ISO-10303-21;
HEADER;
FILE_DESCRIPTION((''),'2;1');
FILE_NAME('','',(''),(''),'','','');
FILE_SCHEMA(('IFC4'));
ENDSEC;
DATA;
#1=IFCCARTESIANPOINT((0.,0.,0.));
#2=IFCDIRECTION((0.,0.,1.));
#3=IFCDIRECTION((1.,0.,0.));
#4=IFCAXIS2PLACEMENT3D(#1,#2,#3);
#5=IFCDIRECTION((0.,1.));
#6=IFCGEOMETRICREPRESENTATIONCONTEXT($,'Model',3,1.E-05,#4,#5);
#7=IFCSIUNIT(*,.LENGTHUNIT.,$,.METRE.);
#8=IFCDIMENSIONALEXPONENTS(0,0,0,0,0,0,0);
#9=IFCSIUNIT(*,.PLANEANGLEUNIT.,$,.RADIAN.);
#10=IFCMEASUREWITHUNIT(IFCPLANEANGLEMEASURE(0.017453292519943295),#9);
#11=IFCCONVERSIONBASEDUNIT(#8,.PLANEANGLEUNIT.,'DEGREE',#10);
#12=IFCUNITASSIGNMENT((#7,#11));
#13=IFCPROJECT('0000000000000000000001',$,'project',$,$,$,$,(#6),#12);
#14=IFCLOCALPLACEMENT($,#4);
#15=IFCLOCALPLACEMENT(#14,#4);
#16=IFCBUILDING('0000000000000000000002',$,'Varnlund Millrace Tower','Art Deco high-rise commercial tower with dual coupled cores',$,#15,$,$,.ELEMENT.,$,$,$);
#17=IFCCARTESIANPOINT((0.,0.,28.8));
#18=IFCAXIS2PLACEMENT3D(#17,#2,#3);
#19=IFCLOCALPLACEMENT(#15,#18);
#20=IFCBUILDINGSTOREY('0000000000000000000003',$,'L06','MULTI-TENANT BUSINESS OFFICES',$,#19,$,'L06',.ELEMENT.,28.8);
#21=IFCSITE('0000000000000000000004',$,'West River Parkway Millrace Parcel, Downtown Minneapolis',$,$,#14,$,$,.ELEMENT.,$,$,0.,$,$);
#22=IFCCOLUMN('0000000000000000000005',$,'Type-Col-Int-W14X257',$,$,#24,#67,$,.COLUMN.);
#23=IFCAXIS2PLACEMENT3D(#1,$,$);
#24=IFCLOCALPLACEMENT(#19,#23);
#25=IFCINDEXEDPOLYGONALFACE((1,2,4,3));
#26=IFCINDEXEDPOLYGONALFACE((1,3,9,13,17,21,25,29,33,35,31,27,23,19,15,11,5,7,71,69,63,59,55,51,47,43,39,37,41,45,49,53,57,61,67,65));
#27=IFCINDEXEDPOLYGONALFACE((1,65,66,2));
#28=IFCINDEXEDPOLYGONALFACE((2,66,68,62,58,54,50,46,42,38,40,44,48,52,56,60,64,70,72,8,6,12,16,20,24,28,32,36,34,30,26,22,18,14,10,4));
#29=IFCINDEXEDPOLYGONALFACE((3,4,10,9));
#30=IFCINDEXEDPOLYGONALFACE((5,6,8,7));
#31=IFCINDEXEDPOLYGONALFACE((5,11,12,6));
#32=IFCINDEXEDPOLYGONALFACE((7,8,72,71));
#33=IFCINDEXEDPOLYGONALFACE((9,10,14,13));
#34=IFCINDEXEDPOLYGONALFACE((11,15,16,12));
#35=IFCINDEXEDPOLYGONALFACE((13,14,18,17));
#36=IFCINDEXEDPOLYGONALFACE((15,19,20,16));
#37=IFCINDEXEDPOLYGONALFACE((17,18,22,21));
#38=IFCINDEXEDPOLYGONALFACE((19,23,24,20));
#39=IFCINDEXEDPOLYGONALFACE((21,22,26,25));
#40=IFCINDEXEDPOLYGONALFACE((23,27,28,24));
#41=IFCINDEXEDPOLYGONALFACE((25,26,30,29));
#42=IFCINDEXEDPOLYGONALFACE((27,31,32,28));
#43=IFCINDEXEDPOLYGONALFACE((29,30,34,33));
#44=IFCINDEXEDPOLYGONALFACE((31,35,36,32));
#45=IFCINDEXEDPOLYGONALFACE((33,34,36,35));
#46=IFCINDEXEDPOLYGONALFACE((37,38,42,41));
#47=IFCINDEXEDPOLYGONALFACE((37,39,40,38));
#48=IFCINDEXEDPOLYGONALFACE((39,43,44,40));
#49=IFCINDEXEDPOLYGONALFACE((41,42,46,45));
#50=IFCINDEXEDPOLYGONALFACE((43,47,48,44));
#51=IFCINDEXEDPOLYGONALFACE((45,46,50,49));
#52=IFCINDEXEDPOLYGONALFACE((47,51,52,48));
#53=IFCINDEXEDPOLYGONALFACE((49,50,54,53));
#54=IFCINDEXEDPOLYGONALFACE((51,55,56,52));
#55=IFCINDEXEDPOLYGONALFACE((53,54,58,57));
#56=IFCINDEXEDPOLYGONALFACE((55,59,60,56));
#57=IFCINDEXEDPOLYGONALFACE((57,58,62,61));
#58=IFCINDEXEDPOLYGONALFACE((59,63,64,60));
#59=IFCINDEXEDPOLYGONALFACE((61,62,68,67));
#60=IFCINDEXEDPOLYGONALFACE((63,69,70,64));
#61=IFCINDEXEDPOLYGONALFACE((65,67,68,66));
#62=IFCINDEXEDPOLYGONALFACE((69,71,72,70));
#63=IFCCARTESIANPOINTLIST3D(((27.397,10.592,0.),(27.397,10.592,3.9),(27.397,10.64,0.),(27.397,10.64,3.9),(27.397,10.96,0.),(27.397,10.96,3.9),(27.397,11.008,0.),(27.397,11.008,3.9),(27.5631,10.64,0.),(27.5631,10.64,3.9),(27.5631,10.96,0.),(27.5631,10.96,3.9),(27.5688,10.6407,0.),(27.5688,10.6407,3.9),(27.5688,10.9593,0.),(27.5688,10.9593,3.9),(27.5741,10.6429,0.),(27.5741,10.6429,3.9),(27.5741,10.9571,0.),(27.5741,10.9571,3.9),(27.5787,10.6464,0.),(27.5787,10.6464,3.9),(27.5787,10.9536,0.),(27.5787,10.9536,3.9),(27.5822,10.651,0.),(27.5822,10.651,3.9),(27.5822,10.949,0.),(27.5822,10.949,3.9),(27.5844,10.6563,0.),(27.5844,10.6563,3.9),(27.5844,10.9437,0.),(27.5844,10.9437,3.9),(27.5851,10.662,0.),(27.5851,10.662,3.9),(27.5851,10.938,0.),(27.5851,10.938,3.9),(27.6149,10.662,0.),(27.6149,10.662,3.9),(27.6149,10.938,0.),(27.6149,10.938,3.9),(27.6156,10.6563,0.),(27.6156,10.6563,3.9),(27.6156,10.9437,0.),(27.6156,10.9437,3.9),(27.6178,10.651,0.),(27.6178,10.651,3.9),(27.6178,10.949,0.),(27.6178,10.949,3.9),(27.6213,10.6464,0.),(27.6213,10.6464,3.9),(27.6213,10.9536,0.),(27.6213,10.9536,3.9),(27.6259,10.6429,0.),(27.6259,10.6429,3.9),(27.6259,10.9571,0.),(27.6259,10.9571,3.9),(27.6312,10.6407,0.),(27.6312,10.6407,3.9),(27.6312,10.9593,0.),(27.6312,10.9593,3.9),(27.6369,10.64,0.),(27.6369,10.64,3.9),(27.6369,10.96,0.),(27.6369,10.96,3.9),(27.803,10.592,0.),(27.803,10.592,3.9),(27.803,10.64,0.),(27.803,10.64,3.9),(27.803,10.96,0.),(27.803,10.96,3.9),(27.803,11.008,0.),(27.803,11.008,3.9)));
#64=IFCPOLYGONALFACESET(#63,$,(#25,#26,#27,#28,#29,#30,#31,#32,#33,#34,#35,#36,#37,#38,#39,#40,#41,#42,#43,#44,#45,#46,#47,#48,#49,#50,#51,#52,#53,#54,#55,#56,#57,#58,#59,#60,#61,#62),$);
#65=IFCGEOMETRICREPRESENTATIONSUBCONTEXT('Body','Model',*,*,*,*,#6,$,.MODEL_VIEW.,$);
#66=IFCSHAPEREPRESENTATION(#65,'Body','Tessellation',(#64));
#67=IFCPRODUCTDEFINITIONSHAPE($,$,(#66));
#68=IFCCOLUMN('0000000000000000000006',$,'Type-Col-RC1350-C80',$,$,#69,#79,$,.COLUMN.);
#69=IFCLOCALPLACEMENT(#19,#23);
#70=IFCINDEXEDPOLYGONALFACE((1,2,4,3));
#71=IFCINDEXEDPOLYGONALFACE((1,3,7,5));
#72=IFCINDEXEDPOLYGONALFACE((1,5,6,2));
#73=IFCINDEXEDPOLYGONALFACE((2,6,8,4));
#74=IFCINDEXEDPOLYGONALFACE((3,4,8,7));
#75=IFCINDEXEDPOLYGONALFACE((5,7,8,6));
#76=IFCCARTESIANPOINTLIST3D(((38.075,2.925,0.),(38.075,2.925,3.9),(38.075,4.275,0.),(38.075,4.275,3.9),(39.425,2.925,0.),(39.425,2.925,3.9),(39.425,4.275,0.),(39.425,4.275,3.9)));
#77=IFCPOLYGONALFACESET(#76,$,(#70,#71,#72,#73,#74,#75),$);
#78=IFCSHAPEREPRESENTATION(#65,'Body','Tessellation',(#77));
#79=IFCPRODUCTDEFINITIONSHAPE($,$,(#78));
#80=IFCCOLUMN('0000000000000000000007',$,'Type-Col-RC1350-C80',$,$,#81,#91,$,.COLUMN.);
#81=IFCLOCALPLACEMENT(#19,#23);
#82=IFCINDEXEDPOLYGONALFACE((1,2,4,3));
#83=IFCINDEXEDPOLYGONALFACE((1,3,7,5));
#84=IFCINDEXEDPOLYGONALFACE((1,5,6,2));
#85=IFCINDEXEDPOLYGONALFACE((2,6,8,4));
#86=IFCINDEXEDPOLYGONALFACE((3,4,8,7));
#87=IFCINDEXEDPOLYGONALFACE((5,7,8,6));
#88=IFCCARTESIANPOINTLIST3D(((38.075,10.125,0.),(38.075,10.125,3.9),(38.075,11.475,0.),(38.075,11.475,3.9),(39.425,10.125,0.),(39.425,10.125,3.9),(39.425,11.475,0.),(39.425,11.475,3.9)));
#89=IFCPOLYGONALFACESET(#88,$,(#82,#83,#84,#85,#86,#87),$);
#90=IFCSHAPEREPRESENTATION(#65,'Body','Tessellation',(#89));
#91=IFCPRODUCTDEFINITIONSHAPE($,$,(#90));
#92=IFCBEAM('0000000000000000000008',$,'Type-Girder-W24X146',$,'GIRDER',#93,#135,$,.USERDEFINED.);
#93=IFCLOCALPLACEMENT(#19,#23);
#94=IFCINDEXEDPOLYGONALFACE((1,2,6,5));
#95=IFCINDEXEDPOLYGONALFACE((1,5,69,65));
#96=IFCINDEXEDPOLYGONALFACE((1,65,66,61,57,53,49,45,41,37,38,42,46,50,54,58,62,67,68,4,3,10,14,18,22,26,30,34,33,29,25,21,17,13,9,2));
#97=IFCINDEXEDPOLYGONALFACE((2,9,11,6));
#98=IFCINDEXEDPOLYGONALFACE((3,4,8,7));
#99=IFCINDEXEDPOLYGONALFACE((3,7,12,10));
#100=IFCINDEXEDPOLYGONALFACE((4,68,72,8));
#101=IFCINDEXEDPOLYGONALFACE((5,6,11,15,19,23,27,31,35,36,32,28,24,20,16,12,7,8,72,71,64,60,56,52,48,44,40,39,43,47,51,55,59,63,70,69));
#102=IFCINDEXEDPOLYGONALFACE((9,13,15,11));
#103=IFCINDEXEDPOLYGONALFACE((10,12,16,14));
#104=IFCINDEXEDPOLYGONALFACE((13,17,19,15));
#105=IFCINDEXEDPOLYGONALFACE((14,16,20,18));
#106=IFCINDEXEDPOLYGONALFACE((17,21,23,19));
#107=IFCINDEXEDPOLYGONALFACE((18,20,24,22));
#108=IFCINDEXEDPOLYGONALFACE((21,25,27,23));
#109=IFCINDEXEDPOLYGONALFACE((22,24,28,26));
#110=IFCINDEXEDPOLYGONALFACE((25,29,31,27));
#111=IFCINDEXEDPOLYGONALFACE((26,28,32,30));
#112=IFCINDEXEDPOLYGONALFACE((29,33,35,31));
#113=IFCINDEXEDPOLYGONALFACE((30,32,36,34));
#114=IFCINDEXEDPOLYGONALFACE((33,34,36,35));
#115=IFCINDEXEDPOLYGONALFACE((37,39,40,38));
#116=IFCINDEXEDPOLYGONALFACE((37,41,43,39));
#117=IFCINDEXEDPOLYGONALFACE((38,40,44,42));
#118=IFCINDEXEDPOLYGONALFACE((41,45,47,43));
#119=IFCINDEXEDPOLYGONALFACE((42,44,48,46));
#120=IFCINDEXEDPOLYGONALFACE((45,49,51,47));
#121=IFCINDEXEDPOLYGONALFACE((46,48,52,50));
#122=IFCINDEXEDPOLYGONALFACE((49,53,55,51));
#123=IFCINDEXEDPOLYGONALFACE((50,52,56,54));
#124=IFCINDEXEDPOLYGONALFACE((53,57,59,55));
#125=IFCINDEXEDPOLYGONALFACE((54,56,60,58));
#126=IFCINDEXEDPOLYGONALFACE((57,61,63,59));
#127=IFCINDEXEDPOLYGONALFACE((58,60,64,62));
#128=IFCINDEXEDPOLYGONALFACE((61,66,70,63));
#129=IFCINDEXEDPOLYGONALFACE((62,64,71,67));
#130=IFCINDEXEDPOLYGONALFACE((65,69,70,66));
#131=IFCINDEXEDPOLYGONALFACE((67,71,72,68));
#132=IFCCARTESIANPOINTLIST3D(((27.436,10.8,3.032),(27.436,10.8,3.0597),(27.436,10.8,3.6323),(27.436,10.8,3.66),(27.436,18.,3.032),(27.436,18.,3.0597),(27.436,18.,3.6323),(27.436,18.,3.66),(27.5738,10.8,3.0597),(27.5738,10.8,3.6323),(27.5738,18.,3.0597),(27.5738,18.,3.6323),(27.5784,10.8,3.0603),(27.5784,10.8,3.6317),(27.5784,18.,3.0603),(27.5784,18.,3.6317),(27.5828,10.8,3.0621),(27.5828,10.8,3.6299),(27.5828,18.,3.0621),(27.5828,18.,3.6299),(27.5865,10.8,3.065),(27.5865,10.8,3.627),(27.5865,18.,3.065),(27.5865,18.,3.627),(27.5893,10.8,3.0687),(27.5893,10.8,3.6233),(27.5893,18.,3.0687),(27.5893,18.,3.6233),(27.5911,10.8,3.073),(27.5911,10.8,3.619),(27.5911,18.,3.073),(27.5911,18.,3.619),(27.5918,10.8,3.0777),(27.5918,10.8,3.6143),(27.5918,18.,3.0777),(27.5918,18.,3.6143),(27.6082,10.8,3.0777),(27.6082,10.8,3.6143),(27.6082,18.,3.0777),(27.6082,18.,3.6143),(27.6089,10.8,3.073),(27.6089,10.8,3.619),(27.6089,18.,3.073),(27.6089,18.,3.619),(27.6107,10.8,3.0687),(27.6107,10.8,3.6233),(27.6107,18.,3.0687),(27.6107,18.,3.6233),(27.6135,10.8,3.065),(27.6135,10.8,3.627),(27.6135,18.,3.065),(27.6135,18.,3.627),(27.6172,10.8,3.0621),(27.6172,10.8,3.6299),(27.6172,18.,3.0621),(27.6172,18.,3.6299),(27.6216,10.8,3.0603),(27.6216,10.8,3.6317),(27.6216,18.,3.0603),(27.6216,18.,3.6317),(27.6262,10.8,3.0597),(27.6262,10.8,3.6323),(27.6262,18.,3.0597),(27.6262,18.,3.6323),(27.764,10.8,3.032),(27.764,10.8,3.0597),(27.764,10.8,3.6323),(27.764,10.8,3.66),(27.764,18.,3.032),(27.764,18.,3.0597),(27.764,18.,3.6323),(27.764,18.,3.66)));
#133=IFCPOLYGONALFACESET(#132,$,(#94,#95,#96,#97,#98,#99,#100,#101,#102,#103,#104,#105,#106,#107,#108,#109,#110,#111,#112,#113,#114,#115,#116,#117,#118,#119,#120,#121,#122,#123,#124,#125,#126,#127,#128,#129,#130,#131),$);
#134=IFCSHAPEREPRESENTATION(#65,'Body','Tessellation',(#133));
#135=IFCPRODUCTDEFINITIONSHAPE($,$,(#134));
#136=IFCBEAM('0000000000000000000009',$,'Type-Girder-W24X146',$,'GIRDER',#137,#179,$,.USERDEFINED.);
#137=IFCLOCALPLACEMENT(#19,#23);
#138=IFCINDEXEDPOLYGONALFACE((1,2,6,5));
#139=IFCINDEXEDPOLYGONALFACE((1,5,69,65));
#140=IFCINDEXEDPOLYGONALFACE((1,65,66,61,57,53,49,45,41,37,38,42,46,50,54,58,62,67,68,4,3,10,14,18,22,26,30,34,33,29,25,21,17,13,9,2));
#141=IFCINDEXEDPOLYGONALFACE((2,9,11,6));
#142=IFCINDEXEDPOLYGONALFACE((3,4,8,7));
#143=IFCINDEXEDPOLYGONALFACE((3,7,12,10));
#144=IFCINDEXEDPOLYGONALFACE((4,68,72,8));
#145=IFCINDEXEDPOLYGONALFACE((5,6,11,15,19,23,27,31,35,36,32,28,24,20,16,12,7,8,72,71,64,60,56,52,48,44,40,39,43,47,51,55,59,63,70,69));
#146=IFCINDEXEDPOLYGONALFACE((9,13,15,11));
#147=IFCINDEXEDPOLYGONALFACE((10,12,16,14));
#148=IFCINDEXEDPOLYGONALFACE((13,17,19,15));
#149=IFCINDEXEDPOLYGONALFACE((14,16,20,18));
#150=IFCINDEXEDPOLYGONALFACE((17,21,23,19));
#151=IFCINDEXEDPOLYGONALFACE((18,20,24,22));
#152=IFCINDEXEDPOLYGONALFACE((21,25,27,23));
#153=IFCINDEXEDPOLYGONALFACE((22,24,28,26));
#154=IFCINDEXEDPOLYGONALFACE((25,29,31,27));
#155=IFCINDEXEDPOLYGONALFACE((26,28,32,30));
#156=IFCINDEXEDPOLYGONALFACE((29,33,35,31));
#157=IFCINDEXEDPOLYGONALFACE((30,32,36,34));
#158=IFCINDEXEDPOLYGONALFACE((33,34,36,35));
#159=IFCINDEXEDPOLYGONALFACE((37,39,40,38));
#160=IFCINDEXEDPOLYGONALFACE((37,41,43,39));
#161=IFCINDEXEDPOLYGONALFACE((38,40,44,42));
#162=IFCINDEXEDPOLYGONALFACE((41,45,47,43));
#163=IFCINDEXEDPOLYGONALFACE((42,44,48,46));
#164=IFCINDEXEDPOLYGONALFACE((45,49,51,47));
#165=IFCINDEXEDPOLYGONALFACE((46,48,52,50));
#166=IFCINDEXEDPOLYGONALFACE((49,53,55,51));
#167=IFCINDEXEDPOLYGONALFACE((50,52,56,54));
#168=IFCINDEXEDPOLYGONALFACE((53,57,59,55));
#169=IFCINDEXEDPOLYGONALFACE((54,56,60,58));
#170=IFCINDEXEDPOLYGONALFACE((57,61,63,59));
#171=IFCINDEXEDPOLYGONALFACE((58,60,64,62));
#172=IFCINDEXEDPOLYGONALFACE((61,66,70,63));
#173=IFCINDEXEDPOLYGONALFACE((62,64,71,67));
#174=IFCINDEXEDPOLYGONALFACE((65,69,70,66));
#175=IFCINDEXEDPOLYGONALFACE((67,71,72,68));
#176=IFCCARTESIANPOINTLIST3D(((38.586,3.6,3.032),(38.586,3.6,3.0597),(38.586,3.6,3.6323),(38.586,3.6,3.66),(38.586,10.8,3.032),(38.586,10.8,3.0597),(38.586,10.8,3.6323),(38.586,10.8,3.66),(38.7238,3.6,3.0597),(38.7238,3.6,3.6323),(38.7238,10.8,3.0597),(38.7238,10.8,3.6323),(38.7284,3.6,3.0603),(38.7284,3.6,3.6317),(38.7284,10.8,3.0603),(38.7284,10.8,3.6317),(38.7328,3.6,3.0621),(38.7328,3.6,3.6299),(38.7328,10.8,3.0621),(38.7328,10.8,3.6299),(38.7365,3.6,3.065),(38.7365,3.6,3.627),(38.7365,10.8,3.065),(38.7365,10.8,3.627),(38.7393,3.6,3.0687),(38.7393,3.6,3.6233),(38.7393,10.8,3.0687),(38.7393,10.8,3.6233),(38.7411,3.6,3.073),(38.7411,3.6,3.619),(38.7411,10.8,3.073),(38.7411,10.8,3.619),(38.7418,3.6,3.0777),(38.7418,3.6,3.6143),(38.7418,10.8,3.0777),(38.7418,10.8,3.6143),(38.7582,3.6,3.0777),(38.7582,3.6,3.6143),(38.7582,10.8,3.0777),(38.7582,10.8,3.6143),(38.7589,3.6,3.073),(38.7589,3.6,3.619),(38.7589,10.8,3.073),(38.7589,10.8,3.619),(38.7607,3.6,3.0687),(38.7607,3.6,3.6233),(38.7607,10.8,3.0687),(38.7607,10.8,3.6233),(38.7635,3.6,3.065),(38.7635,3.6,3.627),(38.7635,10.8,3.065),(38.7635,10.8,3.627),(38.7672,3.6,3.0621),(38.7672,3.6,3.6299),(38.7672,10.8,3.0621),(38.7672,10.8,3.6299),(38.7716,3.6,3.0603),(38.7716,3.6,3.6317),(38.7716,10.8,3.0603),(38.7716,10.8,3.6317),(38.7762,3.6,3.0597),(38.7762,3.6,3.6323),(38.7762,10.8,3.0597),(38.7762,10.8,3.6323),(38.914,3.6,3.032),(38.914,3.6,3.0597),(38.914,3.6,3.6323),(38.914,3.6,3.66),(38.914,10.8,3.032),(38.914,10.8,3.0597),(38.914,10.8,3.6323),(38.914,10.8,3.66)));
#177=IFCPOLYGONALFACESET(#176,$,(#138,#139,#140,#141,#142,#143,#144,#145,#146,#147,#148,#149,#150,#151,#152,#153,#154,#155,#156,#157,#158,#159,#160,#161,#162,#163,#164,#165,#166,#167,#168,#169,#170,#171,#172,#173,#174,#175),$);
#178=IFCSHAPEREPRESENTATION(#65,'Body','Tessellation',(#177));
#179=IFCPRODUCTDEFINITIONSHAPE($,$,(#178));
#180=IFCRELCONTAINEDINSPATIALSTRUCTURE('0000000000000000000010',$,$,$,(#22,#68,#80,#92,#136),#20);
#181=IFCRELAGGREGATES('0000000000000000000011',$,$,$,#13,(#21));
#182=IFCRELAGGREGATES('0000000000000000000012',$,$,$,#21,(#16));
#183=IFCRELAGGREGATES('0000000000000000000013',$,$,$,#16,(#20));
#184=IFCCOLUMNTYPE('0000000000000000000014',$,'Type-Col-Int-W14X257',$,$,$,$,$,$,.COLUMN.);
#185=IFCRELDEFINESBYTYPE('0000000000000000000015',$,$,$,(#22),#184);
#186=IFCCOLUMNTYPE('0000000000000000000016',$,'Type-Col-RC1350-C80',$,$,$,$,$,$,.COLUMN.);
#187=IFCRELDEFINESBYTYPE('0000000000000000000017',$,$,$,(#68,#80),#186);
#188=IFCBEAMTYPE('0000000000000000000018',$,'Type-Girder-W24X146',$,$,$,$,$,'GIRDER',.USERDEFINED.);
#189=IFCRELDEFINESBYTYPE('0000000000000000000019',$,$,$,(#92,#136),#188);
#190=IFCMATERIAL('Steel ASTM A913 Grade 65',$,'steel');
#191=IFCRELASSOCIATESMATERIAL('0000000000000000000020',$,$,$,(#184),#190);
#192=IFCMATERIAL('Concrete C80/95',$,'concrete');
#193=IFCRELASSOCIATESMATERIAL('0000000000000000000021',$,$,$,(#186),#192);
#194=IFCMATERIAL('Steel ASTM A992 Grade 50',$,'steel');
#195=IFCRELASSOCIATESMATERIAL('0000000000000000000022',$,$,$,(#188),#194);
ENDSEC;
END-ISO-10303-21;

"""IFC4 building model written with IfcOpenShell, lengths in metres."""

from ifc_helpers import new_model, entity, si_unit, converted_unit, direction, frame, origin_with_axes, origin_2d_with_axis, place, context, subcontext, project, spatial, rectangle, i_section, extrude, material, material_profile, profile_set, type_object, element, save


model = new_model("IFC4")

# Units and contexts
model_context = context("Model", 3, precision=1e-05, world=origin_with_axes(), true_north=direction((0.0, 1.0)))
body_context = subcontext(model_context, "Body", "Model", "MODEL_VIEW")
ifc_project = project(units=[si_unit("LENGTHUNIT", "METRE"), converted_unit("PLANEANGLEUNIT", "DEGREE", entity("IfcPlaneAngleMeasure", 0.017453292519943295), si_unit("PLANEANGLEUNIT", "RADIAN"), dimensions=[0, 0, 0, 0, 0, 0, 0])], contexts=[model_context])

# Site, building, storey
site_placement = place(None, origin_with_axes())
site = spatial("IfcSite", under=ifc_project, at=site_placement, Name="West River Parkway Millrace Parcel, Downtown Minneapolis", CompositionType="ELEMENT", RefElevation=0.0)
building_placement = place(site_placement, origin_with_axes())
building = spatial("IfcBuilding", under=site, at=building_placement, Name="Varnlund Millrace Tower", Description="Art Deco high-rise commercial tower with dual coupled cores", CompositionType="ELEMENT")
storey_placement = place(building_placement, frame((0.0, 0.0, 28.8), z_axis=(0.0, 0.0, 1.0), x_axis=(1.0, 0.0, 0.0)))
storey = spatial("IfcBuildingStorey", under=building, at=storey_placement, Name="L06", Description="MULTI-TENANT BUSINESS OFFICES", LongName="L06", CompositionType="ELEMENT", Elevation=28.8)

# Columns
ifc_material_1 = material(Name="Steel ASTM A913 Grade 65", Category="steel")
ifc_material_profile_1 = material_profile(ifc_material_1, i_section(OverallWidth=0.406, OverallDepth=0.416, WebThickness=0.0298, FlangeThickness=0.048, FilletRadius=0.022, at=origin_2d_with_axis()), Name="Steel ASTM A913 Grade 65")
ifc_profile_set_1 = profile_set([ifc_material_profile_1], Name="Steel ASTM A913 Grade 65")
column_type_1 = type_object("IfcColumnType", Name="Type-Col-Int-W14X257", PredefinedType="COLUMN", material=ifc_profile_set_1)
column_placement = place(storey_placement, frame((27.6, 10.8, 0.0), z_axis=(0.0, 0.0, 1.0), x_axis=(1.0, 0.0, 0.0)))
element("IfcColumn", 1, at=column_placement, inside=storey, type_object=column_type_1, Name="Type-Col-Int-W14X257", PredefinedType="COLUMN", context=body_context, shape_type="SweptSolid", body=[
    extrude(i_section(OverallWidth=0.406, OverallDepth=0.416, WebThickness=0.0298, FlangeThickness=0.048, FilletRadius=0.022, at=origin_2d_with_axis()), origin_with_axes(), (0.0, 0.0, 1.0), 3.9),
])
ifc_material_2 = material(Name="Concrete C80/95", Category="concrete")
ifc_material_profile_2 = material_profile(ifc_material_2, rectangle(XDim=1.35, YDim=1.35, at=origin_2d_with_axis()), Name="Concrete C80/95")
ifc_profile_set_2 = profile_set([ifc_material_profile_2], Name="Concrete C80/95")
column_type_2 = type_object("IfcColumnType", Name="Type-Col-RC1350-C80", PredefinedType="COLUMN", material=ifc_profile_set_2)
for number, where, z_axis, x_axis, name in (
    (2, (38.75, 3.6, 0.0), (0.0, 0.0, 1.0), (1.0, 0.0, 0.0), "Type-Col-RC1350-C80"),
    (3, (38.75, 10.8, 0.0), (0.0, 0.0, 1.0), (1.0, 0.0, 0.0), "Type-Col-RC1350-C80"),
):
    element("IfcColumn", number, at=place(storey_placement, frame(where, z_axis=z_axis, x_axis=x_axis)), inside=storey, type_object=column_type_2, Name=name, PredefinedType="COLUMN", context=body_context, shape_type="SweptSolid", body=[
        extrude(rectangle(XDim=1.35, YDim=1.35, at=origin_2d_with_axis()), origin_with_axes(), (0.0, 0.0, 1.0), 3.9),
    ])

# Beams
ifc_material_3 = material(Name="Steel ASTM A992 Grade 50", Category="steel")
ifc_material_profile_3 = material_profile(ifc_material_3, i_section(OverallWidth=0.328, OverallDepth=0.628, WebThickness=0.0165, FlangeThickness=0.0277, FilletRadius=0.018, at=origin_2d_with_axis()), Name="Steel ASTM A992 Grade 50")
ifc_profile_set_3 = profile_set([ifc_material_profile_3], Name="Steel ASTM A992 Grade 50")
beam_type_1 = type_object("IfcBeamType", Name="Type-Girder-W24X146", ElementType="GIRDER", PredefinedType="USERDEFINED", material=ifc_profile_set_3)
for number, where, z_axis, x_axis, name in (
    (4, (27.6, 10.8, 3.346), (0.0, 1.0, 0.0), (-1.0, 0.0, 0.0), "Type-Girder-W24X146"),
    (5, (38.75, 3.6, 3.346), (0.0, 1.0, 0.0), (-1.0, 0.0, 0.0), "Type-Girder-W24X146"),
):
    element("IfcBeam", number, at=place(storey_placement, frame(where, z_axis=z_axis, x_axis=x_axis)), inside=storey, type_object=beam_type_1, Name=name, ObjectType="GIRDER", PredefinedType="USERDEFINED", context=body_context, shape_type="SweptSolid", body=[
        extrude(i_section(OverallWidth=0.328, OverallDepth=0.628, WebThickness=0.0165, FlangeThickness=0.0277, FilletRadius=0.018, at=origin_2d_with_axis()), origin_with_axes(), (0.0, 0.0, 1.0), 7.2),
    ])

save(model, "model.ifc")
